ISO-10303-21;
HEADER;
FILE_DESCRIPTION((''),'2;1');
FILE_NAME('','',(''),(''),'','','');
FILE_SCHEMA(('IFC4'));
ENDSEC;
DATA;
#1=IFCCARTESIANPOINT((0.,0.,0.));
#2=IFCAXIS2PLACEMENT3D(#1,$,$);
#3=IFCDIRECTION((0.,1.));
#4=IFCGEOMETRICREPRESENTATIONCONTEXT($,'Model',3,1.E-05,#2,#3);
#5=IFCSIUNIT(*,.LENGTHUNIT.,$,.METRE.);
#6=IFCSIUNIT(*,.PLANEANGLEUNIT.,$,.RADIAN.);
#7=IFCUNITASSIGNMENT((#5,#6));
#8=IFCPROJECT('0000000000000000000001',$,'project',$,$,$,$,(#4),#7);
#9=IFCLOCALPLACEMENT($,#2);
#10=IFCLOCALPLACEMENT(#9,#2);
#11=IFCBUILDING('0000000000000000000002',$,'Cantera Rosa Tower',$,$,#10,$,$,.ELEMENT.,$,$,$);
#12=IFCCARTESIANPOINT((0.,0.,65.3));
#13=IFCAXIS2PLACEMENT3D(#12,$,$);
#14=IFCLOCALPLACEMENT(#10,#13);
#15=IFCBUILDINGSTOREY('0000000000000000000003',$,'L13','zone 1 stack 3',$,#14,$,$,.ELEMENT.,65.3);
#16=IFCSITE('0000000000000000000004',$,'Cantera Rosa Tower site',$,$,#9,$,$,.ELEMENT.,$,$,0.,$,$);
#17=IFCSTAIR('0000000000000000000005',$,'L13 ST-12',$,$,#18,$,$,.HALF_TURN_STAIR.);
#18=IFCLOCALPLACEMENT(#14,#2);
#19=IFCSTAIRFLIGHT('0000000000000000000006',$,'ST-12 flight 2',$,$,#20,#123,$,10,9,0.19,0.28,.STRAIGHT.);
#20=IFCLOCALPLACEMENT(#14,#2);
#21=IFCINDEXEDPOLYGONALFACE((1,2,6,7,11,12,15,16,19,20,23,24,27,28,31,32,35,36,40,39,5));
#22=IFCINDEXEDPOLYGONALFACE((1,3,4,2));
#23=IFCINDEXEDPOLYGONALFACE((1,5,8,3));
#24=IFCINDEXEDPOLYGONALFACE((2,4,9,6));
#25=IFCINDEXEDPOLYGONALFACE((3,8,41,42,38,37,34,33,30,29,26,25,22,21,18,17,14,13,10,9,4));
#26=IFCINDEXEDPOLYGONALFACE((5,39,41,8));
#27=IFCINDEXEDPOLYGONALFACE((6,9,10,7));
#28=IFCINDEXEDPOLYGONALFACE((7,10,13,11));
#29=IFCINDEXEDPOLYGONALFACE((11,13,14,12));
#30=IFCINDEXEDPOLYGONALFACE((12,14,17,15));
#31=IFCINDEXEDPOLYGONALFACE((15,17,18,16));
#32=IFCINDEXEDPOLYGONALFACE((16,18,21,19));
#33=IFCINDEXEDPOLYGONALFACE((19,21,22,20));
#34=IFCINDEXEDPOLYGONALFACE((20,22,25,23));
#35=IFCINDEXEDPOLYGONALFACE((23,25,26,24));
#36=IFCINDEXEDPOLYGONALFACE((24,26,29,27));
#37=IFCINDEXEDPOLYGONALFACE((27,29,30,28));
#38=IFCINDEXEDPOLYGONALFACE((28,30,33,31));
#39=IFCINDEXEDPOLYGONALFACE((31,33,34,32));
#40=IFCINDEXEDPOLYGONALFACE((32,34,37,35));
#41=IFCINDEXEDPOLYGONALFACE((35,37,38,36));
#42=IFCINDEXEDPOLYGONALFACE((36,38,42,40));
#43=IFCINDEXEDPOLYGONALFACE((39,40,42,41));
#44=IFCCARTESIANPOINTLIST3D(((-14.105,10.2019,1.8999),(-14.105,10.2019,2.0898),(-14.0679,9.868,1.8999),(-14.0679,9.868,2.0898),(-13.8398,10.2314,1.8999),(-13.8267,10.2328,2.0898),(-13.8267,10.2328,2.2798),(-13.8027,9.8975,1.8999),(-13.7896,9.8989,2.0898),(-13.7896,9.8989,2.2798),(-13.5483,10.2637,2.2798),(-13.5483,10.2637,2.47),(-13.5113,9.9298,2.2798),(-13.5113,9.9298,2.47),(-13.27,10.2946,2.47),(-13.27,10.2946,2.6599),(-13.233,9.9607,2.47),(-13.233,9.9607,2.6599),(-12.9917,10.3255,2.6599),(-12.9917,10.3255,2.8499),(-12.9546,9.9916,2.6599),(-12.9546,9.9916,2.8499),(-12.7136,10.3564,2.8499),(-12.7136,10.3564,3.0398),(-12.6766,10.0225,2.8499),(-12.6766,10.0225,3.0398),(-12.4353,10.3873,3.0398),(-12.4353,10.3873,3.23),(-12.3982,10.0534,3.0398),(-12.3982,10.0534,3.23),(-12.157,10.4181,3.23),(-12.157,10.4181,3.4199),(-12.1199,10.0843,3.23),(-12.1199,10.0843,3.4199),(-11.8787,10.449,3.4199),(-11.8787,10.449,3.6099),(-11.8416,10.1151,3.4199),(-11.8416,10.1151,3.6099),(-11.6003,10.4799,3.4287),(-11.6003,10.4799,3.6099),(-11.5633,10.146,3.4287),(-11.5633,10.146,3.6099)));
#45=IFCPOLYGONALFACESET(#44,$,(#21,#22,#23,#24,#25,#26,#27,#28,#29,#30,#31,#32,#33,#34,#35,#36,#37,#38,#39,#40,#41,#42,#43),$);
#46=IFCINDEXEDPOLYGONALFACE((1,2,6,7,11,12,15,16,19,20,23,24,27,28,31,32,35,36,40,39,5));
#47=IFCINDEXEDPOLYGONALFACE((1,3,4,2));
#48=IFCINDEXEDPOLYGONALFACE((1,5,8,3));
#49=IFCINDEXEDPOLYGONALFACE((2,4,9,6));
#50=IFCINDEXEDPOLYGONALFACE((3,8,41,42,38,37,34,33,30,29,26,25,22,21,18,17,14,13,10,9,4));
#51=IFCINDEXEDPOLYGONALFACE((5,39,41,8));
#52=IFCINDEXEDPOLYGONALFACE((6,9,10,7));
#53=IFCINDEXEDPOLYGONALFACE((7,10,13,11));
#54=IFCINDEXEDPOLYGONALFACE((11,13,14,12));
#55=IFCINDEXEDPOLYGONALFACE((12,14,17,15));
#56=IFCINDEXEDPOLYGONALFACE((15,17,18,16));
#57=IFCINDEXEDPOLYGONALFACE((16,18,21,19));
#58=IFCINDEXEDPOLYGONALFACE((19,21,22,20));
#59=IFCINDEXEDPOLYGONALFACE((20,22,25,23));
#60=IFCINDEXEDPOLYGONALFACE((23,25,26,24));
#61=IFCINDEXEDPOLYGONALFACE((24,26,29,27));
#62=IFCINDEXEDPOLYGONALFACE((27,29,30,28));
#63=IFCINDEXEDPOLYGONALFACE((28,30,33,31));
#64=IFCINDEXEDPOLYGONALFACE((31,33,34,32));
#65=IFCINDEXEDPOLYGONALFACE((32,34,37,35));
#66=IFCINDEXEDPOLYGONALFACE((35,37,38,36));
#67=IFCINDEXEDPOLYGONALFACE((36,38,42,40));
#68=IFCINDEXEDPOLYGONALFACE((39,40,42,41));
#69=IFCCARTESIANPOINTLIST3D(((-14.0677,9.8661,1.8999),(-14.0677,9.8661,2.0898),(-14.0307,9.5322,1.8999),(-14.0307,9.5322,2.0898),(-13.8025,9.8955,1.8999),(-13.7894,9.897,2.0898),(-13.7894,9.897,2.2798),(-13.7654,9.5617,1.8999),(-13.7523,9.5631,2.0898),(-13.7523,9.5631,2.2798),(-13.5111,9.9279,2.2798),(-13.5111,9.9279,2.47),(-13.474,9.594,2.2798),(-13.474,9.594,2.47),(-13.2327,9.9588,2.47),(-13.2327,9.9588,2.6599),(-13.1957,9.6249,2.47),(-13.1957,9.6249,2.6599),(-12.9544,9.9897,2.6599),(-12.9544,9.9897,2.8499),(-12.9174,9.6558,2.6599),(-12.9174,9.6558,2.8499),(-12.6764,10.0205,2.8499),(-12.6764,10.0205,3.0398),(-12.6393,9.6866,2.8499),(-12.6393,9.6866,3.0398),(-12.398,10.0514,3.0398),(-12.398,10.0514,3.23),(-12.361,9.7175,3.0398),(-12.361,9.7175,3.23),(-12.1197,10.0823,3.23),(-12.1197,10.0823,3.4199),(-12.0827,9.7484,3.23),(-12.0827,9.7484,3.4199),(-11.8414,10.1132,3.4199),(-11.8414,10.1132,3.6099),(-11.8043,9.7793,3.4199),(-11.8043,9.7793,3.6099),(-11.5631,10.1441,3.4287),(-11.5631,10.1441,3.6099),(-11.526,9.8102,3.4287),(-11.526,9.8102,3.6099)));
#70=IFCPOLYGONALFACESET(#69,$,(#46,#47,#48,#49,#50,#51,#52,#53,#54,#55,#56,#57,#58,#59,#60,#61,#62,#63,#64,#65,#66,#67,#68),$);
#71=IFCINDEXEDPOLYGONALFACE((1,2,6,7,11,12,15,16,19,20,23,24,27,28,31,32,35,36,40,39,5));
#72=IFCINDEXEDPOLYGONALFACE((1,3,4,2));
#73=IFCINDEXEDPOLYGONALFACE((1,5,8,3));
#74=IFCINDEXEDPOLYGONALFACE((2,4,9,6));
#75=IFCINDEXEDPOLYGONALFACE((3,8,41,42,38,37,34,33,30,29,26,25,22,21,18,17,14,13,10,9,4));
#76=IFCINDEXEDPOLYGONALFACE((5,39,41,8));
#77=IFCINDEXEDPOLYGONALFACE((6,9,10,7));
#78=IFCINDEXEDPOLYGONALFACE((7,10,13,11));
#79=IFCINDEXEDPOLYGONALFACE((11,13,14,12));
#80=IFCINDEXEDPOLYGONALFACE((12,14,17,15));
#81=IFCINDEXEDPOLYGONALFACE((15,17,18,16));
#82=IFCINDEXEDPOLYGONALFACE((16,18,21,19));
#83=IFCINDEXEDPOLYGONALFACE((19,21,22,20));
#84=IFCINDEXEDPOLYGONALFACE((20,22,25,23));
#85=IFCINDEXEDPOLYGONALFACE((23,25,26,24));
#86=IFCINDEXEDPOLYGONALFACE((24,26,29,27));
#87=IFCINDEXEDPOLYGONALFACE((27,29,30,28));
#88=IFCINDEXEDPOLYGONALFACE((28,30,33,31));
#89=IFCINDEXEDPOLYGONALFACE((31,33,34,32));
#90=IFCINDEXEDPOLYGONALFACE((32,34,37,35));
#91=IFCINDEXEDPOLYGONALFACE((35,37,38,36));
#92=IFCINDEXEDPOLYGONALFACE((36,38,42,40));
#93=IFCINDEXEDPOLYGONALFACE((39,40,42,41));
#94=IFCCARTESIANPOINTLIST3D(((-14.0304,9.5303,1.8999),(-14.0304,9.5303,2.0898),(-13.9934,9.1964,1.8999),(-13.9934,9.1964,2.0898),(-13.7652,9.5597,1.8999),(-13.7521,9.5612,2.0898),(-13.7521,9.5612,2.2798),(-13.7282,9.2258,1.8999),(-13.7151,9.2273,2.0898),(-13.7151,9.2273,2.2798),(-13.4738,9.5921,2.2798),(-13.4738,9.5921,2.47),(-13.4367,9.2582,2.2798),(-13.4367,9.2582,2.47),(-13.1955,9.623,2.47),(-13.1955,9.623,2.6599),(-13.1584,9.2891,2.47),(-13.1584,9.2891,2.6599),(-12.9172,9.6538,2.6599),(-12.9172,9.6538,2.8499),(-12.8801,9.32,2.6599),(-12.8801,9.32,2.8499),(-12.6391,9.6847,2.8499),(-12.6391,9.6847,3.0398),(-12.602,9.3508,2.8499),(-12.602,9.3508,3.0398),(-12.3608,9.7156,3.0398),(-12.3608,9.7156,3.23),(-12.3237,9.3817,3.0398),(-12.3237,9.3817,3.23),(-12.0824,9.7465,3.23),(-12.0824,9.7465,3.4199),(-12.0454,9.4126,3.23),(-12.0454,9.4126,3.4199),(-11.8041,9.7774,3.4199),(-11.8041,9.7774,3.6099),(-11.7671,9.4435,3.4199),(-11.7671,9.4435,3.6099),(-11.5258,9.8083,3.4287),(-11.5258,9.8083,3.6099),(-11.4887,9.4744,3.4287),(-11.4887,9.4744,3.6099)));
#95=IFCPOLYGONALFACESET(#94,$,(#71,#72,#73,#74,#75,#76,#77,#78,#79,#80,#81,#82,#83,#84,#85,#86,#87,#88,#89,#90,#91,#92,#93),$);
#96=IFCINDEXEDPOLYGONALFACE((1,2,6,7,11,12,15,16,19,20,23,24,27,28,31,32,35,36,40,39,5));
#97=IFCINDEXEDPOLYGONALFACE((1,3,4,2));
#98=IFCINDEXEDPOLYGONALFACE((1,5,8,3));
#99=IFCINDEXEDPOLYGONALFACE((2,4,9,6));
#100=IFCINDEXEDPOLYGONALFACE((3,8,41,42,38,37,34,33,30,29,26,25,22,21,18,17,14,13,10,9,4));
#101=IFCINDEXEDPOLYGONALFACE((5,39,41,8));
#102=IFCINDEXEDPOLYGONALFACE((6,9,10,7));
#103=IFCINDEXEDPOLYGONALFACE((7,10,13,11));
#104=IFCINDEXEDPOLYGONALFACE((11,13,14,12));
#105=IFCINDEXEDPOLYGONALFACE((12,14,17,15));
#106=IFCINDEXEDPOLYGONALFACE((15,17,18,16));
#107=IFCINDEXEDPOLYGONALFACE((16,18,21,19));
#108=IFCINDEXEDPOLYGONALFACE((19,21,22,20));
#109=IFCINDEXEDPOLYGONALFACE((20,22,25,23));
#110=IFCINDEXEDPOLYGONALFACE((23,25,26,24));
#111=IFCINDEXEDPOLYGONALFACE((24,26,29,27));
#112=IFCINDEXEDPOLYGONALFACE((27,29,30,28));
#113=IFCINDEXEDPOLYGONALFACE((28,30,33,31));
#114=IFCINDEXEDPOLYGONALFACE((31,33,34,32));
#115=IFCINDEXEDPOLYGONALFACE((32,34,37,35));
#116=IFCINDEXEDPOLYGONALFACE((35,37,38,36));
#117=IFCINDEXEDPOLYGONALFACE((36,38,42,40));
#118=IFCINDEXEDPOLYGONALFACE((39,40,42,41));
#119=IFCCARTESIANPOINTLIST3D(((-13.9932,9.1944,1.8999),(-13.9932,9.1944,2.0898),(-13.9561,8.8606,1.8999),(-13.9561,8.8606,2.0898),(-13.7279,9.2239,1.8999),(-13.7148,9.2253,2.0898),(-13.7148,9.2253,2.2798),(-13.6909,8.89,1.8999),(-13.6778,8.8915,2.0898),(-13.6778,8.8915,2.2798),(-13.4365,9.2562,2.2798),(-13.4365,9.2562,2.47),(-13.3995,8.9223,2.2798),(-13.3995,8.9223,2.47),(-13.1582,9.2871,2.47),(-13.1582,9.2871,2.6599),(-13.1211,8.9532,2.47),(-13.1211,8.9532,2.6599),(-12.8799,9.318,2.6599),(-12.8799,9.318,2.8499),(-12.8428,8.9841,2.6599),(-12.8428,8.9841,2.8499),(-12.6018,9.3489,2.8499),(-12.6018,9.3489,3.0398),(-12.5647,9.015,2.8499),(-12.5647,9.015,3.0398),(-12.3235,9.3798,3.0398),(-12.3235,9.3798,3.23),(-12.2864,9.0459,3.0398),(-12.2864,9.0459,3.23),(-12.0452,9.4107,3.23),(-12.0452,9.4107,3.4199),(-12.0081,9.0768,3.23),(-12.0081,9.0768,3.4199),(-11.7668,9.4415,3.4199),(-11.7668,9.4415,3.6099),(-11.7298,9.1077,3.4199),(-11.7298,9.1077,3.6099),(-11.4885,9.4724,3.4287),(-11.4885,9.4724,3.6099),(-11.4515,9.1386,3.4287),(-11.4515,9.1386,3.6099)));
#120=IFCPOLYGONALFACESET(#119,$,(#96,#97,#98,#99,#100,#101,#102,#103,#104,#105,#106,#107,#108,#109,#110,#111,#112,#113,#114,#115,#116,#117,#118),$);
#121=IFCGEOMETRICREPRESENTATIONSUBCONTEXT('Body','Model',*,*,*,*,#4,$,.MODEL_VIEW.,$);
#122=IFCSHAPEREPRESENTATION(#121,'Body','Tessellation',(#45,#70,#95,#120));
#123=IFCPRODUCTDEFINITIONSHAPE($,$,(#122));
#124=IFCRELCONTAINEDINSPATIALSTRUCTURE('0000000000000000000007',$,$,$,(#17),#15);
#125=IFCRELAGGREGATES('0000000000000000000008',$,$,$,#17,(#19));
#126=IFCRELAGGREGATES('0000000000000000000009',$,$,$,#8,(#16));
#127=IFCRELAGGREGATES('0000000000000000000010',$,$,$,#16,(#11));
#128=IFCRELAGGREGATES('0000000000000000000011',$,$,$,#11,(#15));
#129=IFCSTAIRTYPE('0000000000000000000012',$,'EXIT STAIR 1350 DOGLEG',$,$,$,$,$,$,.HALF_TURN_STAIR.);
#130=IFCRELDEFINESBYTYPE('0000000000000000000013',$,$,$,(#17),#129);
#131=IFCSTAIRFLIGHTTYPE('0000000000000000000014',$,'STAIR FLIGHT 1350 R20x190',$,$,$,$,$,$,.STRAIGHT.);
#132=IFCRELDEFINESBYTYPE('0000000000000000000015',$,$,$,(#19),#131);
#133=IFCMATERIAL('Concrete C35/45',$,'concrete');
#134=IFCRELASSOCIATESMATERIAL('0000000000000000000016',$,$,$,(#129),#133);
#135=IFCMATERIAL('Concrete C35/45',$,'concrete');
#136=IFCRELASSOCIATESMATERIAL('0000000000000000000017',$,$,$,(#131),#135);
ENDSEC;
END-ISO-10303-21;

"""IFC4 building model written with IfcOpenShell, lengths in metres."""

from ifc_helpers import new_model, si_unit, direction, frame, origin, place, context, subcontext, project, spatial, polyline, outline, extrude, material, type_object, element, aggregate, save


model = new_model("IFC4")

# Units and contexts
model_context = context("Model", 3, precision=1e-05, world=origin(), true_north=direction((0.0, 1.0)))
body_context = subcontext(model_context, "Body", "Model", "MODEL_VIEW")
ifc_project = project(units=[si_unit("LENGTHUNIT", "METRE"), si_unit("PLANEANGLEUNIT", "RADIAN")], contexts=[model_context])

# Site, building, storey
site_placement = place(None, origin())
site = spatial("IfcSite", under=ifc_project, at=site_placement, Name="Cantera Rosa Tower site", CompositionType="ELEMENT", RefElevation=0.0)
building_placement = place(site_placement, origin())
building = spatial("IfcBuilding", under=site, at=building_placement, Name="Cantera Rosa Tower", CompositionType="ELEMENT")
storey_placement = place(building_placement, frame((0.0, 0.0, 65.3)))
storey = spatial("IfcBuildingStorey", under=building, at=storey_placement, Name="L13", Description="zone 1 stack 3", CompositionType="ELEMENT", Elevation=65.3)

# Stair, stair flight
ifc_material_1 = material(Name="Concrete C35/45", Category="concrete")
stair_type = type_object("IfcStairType", Name="EXIT STAIR 1350 DOGLEG", PredefinedType="HALF_TURN_STAIR", material=ifc_material_1)
stair_placement = place(storey_placement, origin())
stair = element("IfcStair", 1, at=stair_placement, inside=storey, type_object=stair_type, Name="L13 ST-12", PredefinedType="HALF_TURN_STAIR")
ifc_material_2 = material(Name="Concrete C35/45", Category="concrete")
stair_flight_type = type_object("IfcStairFlightType", Name="STAIR FLIGHT 1350 R20x190", PredefinedType="STRAIGHT", material=ifc_material_2)
stair_flight_placement = place(storey_placement, frame((-14.0305, 9.531, 1.8999), z_axis=(0.0, 0.0, 1.0), x_axis=(0.993897, 0.110313, 0.0)))
stair_flight = element("IfcStairFlight", 2, at=stair_flight_placement, type_object=stair_flight_type, Name="ST-12 flight 2", NumberOfRisers=10, NumberOfTreads=9, PredefinedType="STRAIGHT", RiserHeight=0.19, TreadLength=0.28, context=body_context, shape_type="SweptSolid", body=[
    extrude(outline(polyline([(0.0, 0.0), (0.0, 0.1899), (0.28, 0.1899), (0.28, 0.3799), (0.5601, 0.3799), (0.5601, 0.5701), (0.8401, 0.5701), (0.8401, 0.76), (1.1201, 0.76), (1.1201, 0.95), (1.3999, 0.95), (1.3999, 1.1399), (1.6799, 1.1399), (1.6799, 1.3301), (1.96, 1.3301), (1.96, 1.52), (2.24, 1.52), (2.24, 1.71), (2.52, 1.71), (2.52, 1.8999), (2.52, 1.5288), (0.2668, 0.0), (0.0, 0.0)])), frame((0.0, 0.675, 0.0), z_axis=(0.0, -1.0, 0.0), x_axis=(1.0, 0.0, 0.0)), (0.0, 0.0, 1.0), 0.3359),
    extrude(outline(polyline([(0.0, 0.0), (0.0, 0.1899), (0.28, 0.1899), (0.28, 0.3799), (0.5601, 0.3799), (0.5601, 0.5701), (0.8401, 0.5701), (0.8401, 0.76), (1.1201, 0.76), (1.1201, 0.95), (1.3999, 0.95), (1.3999, 1.1399), (1.6799, 1.1399), (1.6799, 1.3301), (1.96, 1.3301), (1.96, 1.52), (2.24, 1.52), (2.24, 1.71), (2.52, 1.71), (2.52, 1.8999), (2.52, 1.5288), (0.2668, 0.0), (0.0, 0.0)])), frame((0.0, 0.3372, 0.0), z_axis=(0.0, -1.0, 0.0), x_axis=(1.0, 0.0, 0.0)), (0.0, 0.0, 1.0), 0.3359),
    extrude(outline(polyline([(0.0, 0.0), (0.0, 0.1899), (0.28, 0.1899), (0.28, 0.3799), (0.5601, 0.3799), (0.5601, 0.5701), (0.8401, 0.5701), (0.8401, 0.76), (1.1201, 0.76), (1.1201, 0.95), (1.3999, 0.95), (1.3999, 1.1399), (1.6799, 1.1399), (1.6799, 1.3301), (1.96, 1.3301), (1.96, 1.52), (2.24, 1.52), (2.24, 1.71), (2.52, 1.71), (2.52, 1.8999), (2.52, 1.5288), (0.2668, 0.0), (0.0, 0.0)])), frame((0.0, -0.0007, 0.0), z_axis=(0.0, -1.0, 0.0), x_axis=(1.0, 0.0, 0.0)), (0.0, 0.0, 1.0), 0.3359),
    extrude(outline(polyline([(0.0, 0.0), (0.0, 0.1899), (0.28, 0.1899), (0.28, 0.3799), (0.5601, 0.3799), (0.5601, 0.5701), (0.8401, 0.5701), (0.8401, 0.76), (1.1201, 0.76), (1.1201, 0.95), (1.3999, 0.95), (1.3999, 1.1399), (1.6799, 1.1399), (1.6799, 1.3301), (1.96, 1.3301), (1.96, 1.52), (2.24, 1.52), (2.24, 1.71), (2.52, 1.71), (2.52, 1.8999), (2.52, 1.5288), (0.2668, 0.0), (0.0, 0.0)])), frame((0.0, -0.3386, 0.0), z_axis=(0.0, -1.0, 0.0), x_axis=(1.0, 0.0, 0.0)), (0.0, 0.0, 1.0), 0.3359),
])
aggregate(stair, [stair_flight])

save(model, "model.ifc")
